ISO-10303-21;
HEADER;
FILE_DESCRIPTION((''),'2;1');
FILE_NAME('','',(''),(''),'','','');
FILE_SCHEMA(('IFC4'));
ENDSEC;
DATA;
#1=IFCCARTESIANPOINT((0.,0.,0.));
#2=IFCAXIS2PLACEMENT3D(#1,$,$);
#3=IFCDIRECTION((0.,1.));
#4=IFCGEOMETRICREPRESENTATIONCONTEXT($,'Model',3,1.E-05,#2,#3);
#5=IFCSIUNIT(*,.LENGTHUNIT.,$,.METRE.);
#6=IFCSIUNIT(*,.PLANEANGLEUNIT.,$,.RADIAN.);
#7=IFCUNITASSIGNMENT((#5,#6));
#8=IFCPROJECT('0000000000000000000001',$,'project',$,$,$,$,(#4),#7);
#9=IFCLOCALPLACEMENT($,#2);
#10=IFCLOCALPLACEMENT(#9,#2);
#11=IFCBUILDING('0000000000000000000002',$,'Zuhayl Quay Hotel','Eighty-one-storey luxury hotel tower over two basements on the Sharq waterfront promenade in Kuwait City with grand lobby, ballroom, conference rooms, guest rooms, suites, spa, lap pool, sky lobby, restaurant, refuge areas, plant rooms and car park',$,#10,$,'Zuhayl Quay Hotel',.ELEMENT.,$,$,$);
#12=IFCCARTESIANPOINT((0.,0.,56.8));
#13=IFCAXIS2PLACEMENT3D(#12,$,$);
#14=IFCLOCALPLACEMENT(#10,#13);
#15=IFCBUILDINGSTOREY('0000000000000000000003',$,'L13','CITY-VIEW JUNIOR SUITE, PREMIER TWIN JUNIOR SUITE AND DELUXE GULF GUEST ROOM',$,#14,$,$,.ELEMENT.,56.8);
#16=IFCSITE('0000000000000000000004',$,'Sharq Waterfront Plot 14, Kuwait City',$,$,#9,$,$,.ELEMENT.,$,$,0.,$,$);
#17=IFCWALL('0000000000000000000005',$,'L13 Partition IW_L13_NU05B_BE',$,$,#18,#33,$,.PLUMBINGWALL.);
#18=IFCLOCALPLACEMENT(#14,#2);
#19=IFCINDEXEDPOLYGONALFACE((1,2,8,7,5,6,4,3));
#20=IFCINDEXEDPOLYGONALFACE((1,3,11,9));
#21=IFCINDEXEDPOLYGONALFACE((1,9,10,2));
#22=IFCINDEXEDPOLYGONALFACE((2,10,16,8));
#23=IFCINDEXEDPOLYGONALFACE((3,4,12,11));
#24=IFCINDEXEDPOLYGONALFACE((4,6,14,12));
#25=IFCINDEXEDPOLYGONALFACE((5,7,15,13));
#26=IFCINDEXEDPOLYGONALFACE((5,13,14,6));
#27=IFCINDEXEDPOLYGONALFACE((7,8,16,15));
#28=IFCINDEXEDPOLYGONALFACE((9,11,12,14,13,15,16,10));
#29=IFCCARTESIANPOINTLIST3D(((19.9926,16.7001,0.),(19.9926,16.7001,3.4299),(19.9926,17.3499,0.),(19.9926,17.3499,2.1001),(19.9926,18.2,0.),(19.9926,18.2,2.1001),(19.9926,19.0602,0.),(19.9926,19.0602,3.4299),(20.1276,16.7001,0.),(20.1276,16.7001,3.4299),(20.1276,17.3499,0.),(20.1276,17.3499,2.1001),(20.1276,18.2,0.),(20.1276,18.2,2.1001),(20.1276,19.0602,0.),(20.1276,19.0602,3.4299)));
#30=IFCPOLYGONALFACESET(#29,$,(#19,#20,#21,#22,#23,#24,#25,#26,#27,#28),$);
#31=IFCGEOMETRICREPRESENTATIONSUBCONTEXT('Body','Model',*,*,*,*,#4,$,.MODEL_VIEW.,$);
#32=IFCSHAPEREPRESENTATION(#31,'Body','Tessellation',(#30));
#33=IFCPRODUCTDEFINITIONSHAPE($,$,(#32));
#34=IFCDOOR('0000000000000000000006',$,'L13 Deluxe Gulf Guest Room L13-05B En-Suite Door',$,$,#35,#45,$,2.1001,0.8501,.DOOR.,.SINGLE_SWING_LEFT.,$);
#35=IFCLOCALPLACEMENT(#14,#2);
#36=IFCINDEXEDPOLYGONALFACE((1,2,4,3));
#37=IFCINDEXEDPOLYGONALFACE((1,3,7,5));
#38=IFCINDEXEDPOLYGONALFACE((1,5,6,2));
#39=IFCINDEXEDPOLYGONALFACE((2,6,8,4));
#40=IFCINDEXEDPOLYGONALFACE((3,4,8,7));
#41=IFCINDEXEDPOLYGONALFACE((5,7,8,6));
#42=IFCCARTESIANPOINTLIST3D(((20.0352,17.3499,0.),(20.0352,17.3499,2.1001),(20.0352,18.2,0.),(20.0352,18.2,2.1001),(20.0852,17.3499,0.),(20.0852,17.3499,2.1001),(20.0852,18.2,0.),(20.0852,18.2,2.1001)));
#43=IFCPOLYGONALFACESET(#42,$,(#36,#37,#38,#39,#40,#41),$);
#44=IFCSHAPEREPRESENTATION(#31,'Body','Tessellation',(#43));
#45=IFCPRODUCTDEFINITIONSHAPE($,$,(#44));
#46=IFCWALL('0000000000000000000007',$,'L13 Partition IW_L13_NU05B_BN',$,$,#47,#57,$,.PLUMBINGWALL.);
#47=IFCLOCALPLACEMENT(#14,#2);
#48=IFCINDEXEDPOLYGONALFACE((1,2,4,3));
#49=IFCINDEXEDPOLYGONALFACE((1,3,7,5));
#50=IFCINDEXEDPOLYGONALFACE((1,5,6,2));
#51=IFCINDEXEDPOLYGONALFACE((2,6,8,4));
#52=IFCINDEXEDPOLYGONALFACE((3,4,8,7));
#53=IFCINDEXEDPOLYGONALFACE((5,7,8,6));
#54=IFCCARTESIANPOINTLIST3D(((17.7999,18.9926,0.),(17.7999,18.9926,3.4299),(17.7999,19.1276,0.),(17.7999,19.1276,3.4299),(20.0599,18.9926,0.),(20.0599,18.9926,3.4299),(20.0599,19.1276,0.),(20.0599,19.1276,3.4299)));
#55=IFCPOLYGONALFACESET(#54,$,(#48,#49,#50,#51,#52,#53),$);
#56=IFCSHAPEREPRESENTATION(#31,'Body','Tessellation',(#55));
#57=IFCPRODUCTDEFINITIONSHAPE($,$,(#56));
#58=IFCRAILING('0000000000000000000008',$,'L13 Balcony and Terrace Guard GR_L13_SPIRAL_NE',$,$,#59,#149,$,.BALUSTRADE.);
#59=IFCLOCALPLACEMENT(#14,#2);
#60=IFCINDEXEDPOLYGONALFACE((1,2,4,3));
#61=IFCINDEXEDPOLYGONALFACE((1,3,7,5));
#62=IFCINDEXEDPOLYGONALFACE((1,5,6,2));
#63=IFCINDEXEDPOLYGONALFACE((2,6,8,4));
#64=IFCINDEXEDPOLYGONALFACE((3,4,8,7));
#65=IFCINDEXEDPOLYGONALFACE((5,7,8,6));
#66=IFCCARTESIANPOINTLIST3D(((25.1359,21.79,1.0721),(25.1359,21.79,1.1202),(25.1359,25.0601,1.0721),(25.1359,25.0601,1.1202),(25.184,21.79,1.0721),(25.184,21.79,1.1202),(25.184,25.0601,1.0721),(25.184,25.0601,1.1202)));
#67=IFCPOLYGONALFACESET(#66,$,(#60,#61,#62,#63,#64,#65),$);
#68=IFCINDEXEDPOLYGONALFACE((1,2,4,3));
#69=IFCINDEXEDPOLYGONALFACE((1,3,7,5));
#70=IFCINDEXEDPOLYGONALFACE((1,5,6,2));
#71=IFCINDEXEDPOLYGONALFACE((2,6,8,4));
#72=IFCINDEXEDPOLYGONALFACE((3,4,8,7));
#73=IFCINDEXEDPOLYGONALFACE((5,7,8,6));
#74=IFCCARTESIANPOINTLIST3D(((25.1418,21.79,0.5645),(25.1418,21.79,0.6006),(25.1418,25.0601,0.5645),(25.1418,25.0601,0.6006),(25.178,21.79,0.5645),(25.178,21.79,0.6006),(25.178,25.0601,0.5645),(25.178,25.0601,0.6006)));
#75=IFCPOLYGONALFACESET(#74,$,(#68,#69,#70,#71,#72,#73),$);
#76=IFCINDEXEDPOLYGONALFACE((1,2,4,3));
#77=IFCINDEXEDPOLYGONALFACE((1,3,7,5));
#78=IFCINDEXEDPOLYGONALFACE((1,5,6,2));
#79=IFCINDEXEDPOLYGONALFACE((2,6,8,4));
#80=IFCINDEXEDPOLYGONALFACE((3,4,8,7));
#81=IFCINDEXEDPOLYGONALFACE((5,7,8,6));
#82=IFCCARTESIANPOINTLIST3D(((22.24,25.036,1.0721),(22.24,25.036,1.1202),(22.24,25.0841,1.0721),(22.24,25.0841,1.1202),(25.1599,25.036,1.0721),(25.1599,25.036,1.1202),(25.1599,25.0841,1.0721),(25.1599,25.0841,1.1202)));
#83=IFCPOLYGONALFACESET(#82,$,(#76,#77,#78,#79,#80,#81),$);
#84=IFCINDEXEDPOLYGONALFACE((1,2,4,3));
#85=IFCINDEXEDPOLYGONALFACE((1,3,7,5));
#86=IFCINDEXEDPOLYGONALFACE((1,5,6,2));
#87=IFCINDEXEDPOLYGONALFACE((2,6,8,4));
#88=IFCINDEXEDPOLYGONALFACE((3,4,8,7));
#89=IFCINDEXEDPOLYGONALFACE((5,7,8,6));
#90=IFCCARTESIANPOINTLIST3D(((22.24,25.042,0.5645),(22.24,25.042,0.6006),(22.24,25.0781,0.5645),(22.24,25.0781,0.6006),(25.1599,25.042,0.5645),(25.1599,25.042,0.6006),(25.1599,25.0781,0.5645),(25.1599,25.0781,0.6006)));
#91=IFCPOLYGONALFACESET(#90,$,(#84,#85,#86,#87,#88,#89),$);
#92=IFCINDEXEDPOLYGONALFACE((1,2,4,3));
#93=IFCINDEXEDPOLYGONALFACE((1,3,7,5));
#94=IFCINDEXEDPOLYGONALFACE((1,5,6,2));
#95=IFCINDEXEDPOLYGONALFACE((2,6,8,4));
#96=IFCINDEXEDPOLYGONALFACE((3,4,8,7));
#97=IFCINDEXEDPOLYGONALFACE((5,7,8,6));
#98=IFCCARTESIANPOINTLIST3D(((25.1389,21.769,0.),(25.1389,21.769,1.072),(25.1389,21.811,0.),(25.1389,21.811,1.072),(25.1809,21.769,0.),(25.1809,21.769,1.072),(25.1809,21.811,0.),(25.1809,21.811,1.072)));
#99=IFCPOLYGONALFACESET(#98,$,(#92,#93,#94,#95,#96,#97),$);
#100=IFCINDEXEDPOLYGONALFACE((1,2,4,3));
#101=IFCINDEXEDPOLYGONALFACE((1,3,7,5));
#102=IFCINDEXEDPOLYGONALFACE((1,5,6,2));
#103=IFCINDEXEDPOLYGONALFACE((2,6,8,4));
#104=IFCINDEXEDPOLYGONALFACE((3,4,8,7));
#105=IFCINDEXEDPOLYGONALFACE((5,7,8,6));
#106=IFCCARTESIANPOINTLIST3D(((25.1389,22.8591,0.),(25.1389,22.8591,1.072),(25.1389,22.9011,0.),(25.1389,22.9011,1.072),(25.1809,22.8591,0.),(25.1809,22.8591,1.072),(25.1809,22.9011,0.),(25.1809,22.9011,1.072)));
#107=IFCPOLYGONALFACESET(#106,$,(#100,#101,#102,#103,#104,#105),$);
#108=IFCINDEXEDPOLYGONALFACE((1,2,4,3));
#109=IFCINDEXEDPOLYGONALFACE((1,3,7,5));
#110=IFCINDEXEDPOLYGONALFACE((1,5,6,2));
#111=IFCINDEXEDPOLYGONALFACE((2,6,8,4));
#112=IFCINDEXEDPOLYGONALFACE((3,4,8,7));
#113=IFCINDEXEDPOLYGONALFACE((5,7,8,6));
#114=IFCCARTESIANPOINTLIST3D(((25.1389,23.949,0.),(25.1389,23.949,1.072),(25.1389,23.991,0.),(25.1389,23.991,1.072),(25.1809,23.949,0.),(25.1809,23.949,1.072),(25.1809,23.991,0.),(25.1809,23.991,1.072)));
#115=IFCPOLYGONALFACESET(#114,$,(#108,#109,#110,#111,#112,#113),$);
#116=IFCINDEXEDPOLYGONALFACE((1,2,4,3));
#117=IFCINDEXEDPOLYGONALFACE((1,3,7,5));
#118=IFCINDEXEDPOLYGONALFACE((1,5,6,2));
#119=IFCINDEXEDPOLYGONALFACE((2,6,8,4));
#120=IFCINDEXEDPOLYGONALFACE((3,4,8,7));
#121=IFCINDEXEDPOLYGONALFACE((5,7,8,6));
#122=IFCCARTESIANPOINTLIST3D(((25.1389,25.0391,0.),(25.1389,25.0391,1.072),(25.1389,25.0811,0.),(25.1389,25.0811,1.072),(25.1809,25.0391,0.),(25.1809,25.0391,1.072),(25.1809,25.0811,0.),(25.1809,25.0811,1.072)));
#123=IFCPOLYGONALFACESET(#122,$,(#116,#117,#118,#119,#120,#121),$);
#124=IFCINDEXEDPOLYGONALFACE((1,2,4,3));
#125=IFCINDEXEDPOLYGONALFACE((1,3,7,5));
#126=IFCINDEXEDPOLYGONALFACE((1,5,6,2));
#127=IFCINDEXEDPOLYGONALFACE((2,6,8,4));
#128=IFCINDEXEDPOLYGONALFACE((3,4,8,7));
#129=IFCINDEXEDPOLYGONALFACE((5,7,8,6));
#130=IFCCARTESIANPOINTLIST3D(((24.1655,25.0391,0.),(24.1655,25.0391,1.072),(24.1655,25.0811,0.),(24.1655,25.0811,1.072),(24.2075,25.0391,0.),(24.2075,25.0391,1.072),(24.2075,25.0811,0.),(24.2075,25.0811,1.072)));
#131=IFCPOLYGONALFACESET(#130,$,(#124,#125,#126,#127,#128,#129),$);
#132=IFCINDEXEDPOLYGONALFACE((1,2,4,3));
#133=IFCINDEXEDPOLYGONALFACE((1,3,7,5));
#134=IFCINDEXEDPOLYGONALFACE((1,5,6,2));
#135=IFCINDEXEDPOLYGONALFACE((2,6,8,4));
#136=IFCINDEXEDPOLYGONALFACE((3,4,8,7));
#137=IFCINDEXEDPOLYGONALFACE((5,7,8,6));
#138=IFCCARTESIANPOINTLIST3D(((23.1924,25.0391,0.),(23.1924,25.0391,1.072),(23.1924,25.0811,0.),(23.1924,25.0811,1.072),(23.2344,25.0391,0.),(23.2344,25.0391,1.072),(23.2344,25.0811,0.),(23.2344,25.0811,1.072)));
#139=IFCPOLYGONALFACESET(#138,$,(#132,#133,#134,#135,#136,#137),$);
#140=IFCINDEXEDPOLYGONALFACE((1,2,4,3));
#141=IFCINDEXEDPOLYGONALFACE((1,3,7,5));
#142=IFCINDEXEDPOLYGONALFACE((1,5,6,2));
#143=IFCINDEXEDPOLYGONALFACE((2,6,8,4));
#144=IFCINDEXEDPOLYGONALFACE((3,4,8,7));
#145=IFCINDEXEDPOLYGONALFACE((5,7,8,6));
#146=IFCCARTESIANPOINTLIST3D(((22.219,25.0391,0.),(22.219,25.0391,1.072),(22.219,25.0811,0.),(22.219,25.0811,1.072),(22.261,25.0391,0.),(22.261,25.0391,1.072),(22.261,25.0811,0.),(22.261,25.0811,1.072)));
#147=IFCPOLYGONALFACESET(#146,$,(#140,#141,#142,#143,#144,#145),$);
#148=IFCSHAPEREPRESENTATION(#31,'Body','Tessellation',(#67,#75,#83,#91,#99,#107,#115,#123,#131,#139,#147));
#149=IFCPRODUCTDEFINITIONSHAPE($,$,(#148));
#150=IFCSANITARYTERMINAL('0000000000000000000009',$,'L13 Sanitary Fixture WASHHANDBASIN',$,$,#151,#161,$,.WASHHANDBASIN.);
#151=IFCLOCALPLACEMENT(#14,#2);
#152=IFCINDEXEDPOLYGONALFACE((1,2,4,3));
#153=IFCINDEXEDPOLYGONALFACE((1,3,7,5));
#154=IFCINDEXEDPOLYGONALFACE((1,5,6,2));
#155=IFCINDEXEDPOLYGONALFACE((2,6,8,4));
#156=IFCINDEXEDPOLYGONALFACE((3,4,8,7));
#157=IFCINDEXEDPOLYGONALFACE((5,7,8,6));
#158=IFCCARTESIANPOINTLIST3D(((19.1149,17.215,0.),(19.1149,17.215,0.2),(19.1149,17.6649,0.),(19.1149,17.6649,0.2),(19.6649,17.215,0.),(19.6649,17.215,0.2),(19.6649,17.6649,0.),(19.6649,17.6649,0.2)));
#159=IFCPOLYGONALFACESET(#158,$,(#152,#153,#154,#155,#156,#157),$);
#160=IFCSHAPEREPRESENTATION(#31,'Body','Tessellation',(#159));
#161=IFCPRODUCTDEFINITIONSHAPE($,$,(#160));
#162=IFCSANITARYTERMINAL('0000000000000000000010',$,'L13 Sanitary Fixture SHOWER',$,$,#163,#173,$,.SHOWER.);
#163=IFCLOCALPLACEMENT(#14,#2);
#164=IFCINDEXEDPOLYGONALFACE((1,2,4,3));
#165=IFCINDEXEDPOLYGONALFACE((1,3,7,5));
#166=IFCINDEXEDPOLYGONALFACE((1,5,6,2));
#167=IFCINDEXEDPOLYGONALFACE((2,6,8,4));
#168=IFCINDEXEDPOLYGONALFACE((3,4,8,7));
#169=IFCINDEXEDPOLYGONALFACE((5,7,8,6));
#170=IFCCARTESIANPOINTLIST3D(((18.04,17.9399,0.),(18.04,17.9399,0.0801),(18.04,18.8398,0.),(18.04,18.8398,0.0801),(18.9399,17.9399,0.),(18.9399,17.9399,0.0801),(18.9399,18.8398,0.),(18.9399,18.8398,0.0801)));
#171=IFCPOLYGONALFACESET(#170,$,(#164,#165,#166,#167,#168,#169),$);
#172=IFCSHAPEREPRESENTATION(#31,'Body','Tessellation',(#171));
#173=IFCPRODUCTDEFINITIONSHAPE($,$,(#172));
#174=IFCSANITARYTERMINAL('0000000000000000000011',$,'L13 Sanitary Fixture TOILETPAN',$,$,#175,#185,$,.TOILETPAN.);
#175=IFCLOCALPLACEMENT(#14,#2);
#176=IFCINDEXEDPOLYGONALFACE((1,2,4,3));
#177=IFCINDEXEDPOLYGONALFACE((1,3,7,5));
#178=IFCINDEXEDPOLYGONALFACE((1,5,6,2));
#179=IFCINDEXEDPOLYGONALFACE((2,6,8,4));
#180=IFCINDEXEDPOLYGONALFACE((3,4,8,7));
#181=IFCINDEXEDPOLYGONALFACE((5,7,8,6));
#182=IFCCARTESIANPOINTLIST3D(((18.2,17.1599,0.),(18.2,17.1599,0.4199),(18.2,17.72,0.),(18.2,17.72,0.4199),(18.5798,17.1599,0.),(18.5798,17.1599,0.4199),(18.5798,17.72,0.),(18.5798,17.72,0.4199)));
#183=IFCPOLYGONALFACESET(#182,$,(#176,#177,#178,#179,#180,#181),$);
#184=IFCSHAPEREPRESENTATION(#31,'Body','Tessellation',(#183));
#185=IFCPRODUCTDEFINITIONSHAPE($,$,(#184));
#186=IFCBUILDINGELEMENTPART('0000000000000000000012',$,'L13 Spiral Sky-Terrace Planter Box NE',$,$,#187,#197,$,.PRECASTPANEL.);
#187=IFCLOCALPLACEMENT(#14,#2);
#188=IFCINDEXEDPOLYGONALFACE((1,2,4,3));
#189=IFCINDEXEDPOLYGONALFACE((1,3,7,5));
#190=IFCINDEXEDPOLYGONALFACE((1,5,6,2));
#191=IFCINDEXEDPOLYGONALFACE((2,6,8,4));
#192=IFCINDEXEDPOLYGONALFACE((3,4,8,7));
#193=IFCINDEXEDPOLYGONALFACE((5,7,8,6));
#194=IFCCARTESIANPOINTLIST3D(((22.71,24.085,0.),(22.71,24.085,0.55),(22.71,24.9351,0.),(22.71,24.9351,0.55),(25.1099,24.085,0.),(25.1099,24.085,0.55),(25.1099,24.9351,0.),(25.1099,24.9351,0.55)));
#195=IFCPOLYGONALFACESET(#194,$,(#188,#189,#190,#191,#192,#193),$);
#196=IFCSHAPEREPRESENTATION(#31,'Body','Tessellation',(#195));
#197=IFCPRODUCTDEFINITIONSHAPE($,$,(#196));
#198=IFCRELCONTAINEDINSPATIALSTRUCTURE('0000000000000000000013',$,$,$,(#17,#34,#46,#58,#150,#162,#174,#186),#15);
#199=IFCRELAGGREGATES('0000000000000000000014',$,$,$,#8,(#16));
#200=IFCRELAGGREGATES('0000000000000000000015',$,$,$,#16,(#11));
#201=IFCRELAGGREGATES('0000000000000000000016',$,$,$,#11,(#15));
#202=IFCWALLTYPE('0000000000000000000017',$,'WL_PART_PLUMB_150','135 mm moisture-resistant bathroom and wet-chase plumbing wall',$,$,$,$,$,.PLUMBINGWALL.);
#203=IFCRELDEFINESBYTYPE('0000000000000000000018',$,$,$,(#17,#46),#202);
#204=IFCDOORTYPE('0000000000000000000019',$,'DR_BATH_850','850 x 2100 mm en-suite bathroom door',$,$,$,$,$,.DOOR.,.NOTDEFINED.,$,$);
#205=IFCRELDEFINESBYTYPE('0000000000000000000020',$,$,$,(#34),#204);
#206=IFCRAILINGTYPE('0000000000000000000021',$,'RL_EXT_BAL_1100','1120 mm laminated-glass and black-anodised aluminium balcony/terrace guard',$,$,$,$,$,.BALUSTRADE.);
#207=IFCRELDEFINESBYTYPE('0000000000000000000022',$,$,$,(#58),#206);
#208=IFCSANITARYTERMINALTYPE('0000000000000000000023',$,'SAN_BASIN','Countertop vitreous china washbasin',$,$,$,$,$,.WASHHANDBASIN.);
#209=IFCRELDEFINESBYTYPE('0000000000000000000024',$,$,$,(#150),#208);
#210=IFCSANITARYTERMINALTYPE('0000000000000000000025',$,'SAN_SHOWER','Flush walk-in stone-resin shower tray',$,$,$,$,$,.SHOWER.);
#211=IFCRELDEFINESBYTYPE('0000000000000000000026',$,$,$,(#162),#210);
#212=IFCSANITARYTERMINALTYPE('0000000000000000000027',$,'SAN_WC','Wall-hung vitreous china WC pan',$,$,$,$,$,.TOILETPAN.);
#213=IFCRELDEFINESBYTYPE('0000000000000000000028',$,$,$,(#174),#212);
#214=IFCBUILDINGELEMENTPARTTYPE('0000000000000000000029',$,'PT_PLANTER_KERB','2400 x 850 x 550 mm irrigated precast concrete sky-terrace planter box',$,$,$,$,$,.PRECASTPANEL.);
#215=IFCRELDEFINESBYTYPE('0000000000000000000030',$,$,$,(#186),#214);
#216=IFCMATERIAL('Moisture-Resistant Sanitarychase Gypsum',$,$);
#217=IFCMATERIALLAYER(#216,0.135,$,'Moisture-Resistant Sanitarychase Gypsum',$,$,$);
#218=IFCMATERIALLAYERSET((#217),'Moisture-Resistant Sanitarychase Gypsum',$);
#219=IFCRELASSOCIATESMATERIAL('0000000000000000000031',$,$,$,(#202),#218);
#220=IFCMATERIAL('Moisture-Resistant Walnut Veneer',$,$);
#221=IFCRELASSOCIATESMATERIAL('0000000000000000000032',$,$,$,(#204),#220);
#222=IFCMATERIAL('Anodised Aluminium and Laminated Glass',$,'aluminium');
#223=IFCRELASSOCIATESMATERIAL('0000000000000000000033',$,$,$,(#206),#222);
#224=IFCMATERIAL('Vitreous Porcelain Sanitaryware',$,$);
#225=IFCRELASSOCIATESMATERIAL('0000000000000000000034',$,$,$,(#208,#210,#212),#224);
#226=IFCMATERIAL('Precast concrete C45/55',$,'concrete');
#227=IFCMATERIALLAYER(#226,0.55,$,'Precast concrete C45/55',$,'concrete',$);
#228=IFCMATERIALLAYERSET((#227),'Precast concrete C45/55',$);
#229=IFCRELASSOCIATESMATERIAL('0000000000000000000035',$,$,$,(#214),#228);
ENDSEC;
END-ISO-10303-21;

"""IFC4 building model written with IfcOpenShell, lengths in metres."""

from ifc_helpers import new_model, si_unit, direction, frame, frame_2d, origin, origin_2d, place, context, subcontext, project, spatial, rectangle, extrude, material, layer, layer_set, type_object, element, fill, save


model = new_model("IFC4")

# Units and contexts
model_context = context("Model", 3, precision=1e-05, world=origin(), true_north=direction((0.0, 1.0)))
body_context = subcontext(model_context, "Body", "Model", "MODEL_VIEW")
ifc_project = project(units=[si_unit("LENGTHUNIT", "METRE"), si_unit("PLANEANGLEUNIT", "RADIAN")], contexts=[model_context])

# Site, building, storey
site_placement = place(None, origin())
site = spatial("IfcSite", under=ifc_project, at=site_placement, Name="Sharq Waterfront Plot 14, Kuwait City", CompositionType="ELEMENT", RefElevation=0.0)
building_placement = place(site_placement, origin())
building = spatial("IfcBuilding", under=site, at=building_placement, Name="Zuhayl Quay Hotel", Description="Eighty-one-storey luxury hotel tower over two basements on the Sharq waterfront promenade in Kuwait City with grand lobby, ballroom, conference rooms, guest rooms, suites, spa, lap pool, sky lobby, restaurant, refuge areas, plant rooms and car park", LongName="Zuhayl Quay Hotel", CompositionType="ELEMENT")
storey_placement = place(building_placement, frame((0.0, 0.0, 56.8)))
storey = spatial("IfcBuildingStorey", under=building, at=storey_placement, Name="L13", Description="CITY-VIEW JUNIOR SUITE, PREMIER TWIN JUNIOR SUITE AND DELUXE GULF GUEST ROOM", CompositionType="ELEMENT", Elevation=56.8)

# Shared definitions
ifc_material_1 = material(Name="Precast concrete C45/55", Category="concrete")

# Wall, opening, door
ifc_material_2 = material(Name="Moisture-Resistant Sanitarychase Gypsum")
ifc_layer_1 = layer(ifc_material_2, 0.135, Name="Moisture-Resistant Sanitarychase Gypsum")
ifc_layer_set_1 = layer_set([ifc_layer_1], Name="Moisture-Resistant Sanitarychase Gypsum")
wall_type_1 = type_object("IfcWallType", Name="WL_PART_PLUMB_150", Description="135 mm moisture-resistant bathroom and wet-chase plumbing wall", PredefinedType="PLUMBINGWALL", material=ifc_layer_set_1)
wall_1_placement = place(storey_placement, frame((20.0601, 16.7, 0.0), z_axis=(0.0, 0.0, 1.0), x_axis=(0.0, 1.0, 0.0)))
wall_1 = element("IfcWall", 1, at=wall_1_placement, inside=storey, type_object=wall_type_1, Name="L13 Partition IW_L13_NU05B_BE", PredefinedType="PLUMBINGWALL", context=body_context, shape_type="SweptSolid", body=[
    extrude(rectangle(XDim=2.3601, YDim=0.135, at=frame_2d((1.1802, 0.0))), origin(), (0.0, 0.0, 1.0), 3.4299),
])
opening_1_placement = place(wall_1_placement, frame((0.6499, 0.0, 0.0)))
opening_1 = element("IfcOpeningElement", 2, at=opening_1_placement, cuts=wall_1, PredefinedType="OPENING", context=body_context, shape_type="SweptSolid", body=[
    extrude(rectangle(XDim=0.8501, YDim=2.1001, at=frame_2d((0.425, 1.05))), frame((0.0, 0.0774, 0.0), z_axis=(0.0, -1.0, 0.0), x_axis=(1.0, 0.0, 0.0)), (0.0, 0.0, 1.0), 0.155),
])
ifc_material_3 = material(Name="Moisture-Resistant Walnut Veneer")
door_type_1 = type_object("IfcDoorType", Name="DR_BATH_850", Description="850 x 2100 mm en-suite bathroom door", OperationType="NOTDEFINED", PredefinedType="DOOR", material=ifc_material_3)
door_1_placement = place(opening_1_placement, origin())
door_1 = element("IfcDoor", 3, at=door_1_placement, inside=storey, type_object=door_type_1, Name="L13 Deluxe Gulf Guest Room L13-05B En-Suite Door", OperationType="SINGLE_SWING_LEFT", OverallHeight=2.1001, OverallWidth=0.8501, PredefinedType="DOOR", context=body_context, shape_type="SweptSolid", body=[
    extrude(rectangle(XDim=0.8501, YDim=2.1001, at=frame_2d((0.425, 1.05))), frame((0.0, 0.0249, 0.0), z_axis=(0.0, -1.0, 0.0), x_axis=(1.0, 0.0, 0.0)), (0.0, 0.0, 1.0), 0.05),
])
fill(opening_1, door_1)

# Wall
wall_2_placement = place(storey_placement, frame((17.8, 19.0601, 0.0), z_axis=(0.0, 0.0, 1.0), x_axis=(1.0, 0.0, 0.0)))
element("IfcWall", 4, at=wall_2_placement, inside=storey, type_object=wall_type_1, Name="L13 Partition IW_L13_NU05B_BN", PredefinedType="PLUMBINGWALL", context=body_context, shape_type="SweptSolid", body=[
    extrude(rectangle(XDim=2.26, YDim=0.135, at=frame_2d((1.1299, 0.0))), origin(), (0.0, 0.0, 1.0), 3.4299),
])

# Railing
ifc_material_4 = material(Name="Anodised Aluminium and Laminated Glass", Category="aluminium")
railing_type = type_object("IfcRailingType", Name="RL_EXT_BAL_1100", Description="1120 mm laminated-glass and black-anodised aluminium balcony/terrace guard", PredefinedType="BALUSTRADE", material=ifc_material_4)
railing_placement = place(storey_placement, frame((25.1599, 21.79, 0.0)))
element("IfcRailing", 5, at=railing_placement, inside=storey, type_object=railing_type, Name="L13 Balcony and Terrace Guard GR_L13_SPIRAL_NE", PredefinedType="BALUSTRADE", context=body_context, shape_type="SweptSolid", body=[
    extrude(rectangle(XDim=0.0481, YDim=0.0481, at=origin_2d()), frame((0.0, 0.0, 1.0962), z_axis=(0.0, 1.0, 0.0), x_axis=(-1.0, 0.0, 0.0)), (0.0, 0.0, 1.0), 3.27),
    extrude(rectangle(XDim=0.0361, YDim=0.0361, at=origin_2d()), frame((0.0, 0.0, 0.5825), z_axis=(0.0, 1.0, 0.0), x_axis=(-1.0, 0.0, 0.0)), (0.0, 0.0, 1.0), 3.27),
    extrude(rectangle(XDim=0.0481, YDim=0.0481, at=origin_2d()), frame((0.0, 3.27, 1.0962), z_axis=(-1.0, 0.0, 0.0), x_axis=(0.0, -1.0, 0.0)), (0.0, 0.0, 1.0), 2.9199),
    extrude(rectangle(XDim=0.0361, YDim=0.0361, at=origin_2d()), frame((0.0, 3.27, 0.5825), z_axis=(-1.0, 0.0, 0.0), x_axis=(0.0, -1.0, 0.0)), (0.0, 0.0, 1.0), 2.9199),
    extrude(rectangle(XDim=0.042, YDim=0.042, at=origin_2d()), origin(), (0.0, 0.0, 1.0), 1.072),
    extrude(rectangle(XDim=0.042, YDim=0.042, at=origin_2d()), frame((0.0, 1.0901, 0.0)), (0.0, 0.0, 1.0), 1.072),
    extrude(rectangle(XDim=0.042, YDim=0.042, at=origin_2d()), frame((0.0, 2.1799, 0.0)), (0.0, 0.0, 1.0), 1.072),
    extrude(rectangle(XDim=0.042, YDim=0.042, at=origin_2d()), frame((0.0, 3.27, 0.0)), (0.0, 0.0, 1.0), 1.072),
    extrude(rectangle(XDim=0.042, YDim=0.042, at=origin_2d()), frame((-0.9734, 3.27, 0.0)), (0.0, 0.0, 1.0), 1.072),
    extrude(rectangle(XDim=0.042, YDim=0.042, at=origin_2d()), frame((-1.9465, 3.27, 0.0)), (0.0, 0.0, 1.0), 1.072),
    extrude(rectangle(XDim=0.042, YDim=0.042, at=origin_2d()), frame((-2.9199, 3.27, 0.0)), (0.0, 0.0, 1.0), 1.072),
])

# Sanitary terminals
ifc_material_5 = material(Name="Vitreous Porcelain Sanitaryware")
sanitary_terminal_type_1 = type_object("IfcSanitaryTerminalType", Name="SAN_BASIN", Description="Countertop vitreous china washbasin", PredefinedType="WASHHANDBASIN", material=ifc_material_5)
sanitary_terminal_1_placement = place(storey_placement, frame((19.3899, 17.4399, 0.0), z_axis=(0.0, 0.0, 1.0), x_axis=(1.0, 0.0, 0.0)))
element("IfcSanitaryTerminal", 6, at=sanitary_terminal_1_placement, inside=storey, type_object=sanitary_terminal_type_1, Name="L13 Sanitary Fixture WASHHANDBASIN", PredefinedType="WASHHANDBASIN", context=body_context, shape_type="SweptSolid", body=[
    extrude(rectangle(XDim=0.55, YDim=0.45, at=origin_2d()), origin(), (0.0, 0.0, 1.0), 0.2),
])
sanitary_terminal_type_2 = type_object("IfcSanitaryTerminalType", Name="SAN_SHOWER", Description="Flush walk-in stone-resin shower tray", PredefinedType="SHOWER", material=ifc_material_5)
sanitary_terminal_2_placement = place(storey_placement, frame((18.49, 18.3899, 0.0), z_axis=(0.0, 0.0, 1.0), x_axis=(1.0, 0.0, 0.0)))
element("IfcSanitaryTerminal", 7, at=sanitary_terminal_2_placement, inside=storey, type_object=sanitary_terminal_type_2, Name="L13 Sanitary Fixture SHOWER", PredefinedType="SHOWER", context=body_context, shape_type="SweptSolid", body=[
    extrude(rectangle(XDim=0.8999, YDim=0.8999, at=origin_2d()), origin(), (0.0, 0.0, 1.0), 0.0801),
])
sanitary_terminal_type_3 = type_object("IfcSanitaryTerminalType", Name="SAN_WC", Description="Wall-hung vitreous china WC pan", PredefinedType="TOILETPAN", material=ifc_material_5)
sanitary_terminal_3_placement = place(storey_placement, frame((18.3899, 17.4399, 0.0), z_axis=(0.0, 0.0, 1.0), x_axis=(1.0, 0.0, 0.0)))
element("IfcSanitaryTerminal", 8, at=sanitary_terminal_3_placement, inside=storey, type_object=sanitary_terminal_type_3, Name="L13 Sanitary Fixture TOILETPAN", PredefinedType="TOILETPAN", context=body_context, shape_type="SweptSolid", body=[
    extrude(rectangle(XDim=0.3799, YDim=0.5601, at=origin_2d()), origin(), (0.0, 0.0, 1.0), 0.4199),
])

# Building element part
ifc_layer_2 = layer(ifc_material_1, 0.55, Name="Precast concrete C45/55", Category="concrete")
ifc_layer_set_2 = layer_set([ifc_layer_2], Name="Precast concrete C45/55")
building_element_part_type = type_object("IfcBuildingElementPartType", Name="PT_PLANTER_KERB", Description="2400 x 850 x 550 mm irrigated precast concrete sky-terrace planter box", PredefinedType="PRECASTPANEL", material=ifc_layer_set_2)
building_element_part_placement = place(storey_placement, frame((23.9099, 24.51, 0.0), z_axis=(0.0, 0.0, 1.0), x_axis=(1.0, 0.0, 0.0)))
element("IfcBuildingElementPart", 9, at=building_element_part_placement, inside=storey, type_object=building_element_part_type, Name="L13 Spiral Sky-Terrace Planter Box NE", PredefinedType="PRECASTPANEL", context=body_context, shape_type="SweptSolid", body=[
    extrude(rectangle(XDim=2.3999, YDim=0.8501, at=origin_2d()), origin(), (0.0, 0.0, 1.0), 0.55),
])

save(model, "model.ifc")
